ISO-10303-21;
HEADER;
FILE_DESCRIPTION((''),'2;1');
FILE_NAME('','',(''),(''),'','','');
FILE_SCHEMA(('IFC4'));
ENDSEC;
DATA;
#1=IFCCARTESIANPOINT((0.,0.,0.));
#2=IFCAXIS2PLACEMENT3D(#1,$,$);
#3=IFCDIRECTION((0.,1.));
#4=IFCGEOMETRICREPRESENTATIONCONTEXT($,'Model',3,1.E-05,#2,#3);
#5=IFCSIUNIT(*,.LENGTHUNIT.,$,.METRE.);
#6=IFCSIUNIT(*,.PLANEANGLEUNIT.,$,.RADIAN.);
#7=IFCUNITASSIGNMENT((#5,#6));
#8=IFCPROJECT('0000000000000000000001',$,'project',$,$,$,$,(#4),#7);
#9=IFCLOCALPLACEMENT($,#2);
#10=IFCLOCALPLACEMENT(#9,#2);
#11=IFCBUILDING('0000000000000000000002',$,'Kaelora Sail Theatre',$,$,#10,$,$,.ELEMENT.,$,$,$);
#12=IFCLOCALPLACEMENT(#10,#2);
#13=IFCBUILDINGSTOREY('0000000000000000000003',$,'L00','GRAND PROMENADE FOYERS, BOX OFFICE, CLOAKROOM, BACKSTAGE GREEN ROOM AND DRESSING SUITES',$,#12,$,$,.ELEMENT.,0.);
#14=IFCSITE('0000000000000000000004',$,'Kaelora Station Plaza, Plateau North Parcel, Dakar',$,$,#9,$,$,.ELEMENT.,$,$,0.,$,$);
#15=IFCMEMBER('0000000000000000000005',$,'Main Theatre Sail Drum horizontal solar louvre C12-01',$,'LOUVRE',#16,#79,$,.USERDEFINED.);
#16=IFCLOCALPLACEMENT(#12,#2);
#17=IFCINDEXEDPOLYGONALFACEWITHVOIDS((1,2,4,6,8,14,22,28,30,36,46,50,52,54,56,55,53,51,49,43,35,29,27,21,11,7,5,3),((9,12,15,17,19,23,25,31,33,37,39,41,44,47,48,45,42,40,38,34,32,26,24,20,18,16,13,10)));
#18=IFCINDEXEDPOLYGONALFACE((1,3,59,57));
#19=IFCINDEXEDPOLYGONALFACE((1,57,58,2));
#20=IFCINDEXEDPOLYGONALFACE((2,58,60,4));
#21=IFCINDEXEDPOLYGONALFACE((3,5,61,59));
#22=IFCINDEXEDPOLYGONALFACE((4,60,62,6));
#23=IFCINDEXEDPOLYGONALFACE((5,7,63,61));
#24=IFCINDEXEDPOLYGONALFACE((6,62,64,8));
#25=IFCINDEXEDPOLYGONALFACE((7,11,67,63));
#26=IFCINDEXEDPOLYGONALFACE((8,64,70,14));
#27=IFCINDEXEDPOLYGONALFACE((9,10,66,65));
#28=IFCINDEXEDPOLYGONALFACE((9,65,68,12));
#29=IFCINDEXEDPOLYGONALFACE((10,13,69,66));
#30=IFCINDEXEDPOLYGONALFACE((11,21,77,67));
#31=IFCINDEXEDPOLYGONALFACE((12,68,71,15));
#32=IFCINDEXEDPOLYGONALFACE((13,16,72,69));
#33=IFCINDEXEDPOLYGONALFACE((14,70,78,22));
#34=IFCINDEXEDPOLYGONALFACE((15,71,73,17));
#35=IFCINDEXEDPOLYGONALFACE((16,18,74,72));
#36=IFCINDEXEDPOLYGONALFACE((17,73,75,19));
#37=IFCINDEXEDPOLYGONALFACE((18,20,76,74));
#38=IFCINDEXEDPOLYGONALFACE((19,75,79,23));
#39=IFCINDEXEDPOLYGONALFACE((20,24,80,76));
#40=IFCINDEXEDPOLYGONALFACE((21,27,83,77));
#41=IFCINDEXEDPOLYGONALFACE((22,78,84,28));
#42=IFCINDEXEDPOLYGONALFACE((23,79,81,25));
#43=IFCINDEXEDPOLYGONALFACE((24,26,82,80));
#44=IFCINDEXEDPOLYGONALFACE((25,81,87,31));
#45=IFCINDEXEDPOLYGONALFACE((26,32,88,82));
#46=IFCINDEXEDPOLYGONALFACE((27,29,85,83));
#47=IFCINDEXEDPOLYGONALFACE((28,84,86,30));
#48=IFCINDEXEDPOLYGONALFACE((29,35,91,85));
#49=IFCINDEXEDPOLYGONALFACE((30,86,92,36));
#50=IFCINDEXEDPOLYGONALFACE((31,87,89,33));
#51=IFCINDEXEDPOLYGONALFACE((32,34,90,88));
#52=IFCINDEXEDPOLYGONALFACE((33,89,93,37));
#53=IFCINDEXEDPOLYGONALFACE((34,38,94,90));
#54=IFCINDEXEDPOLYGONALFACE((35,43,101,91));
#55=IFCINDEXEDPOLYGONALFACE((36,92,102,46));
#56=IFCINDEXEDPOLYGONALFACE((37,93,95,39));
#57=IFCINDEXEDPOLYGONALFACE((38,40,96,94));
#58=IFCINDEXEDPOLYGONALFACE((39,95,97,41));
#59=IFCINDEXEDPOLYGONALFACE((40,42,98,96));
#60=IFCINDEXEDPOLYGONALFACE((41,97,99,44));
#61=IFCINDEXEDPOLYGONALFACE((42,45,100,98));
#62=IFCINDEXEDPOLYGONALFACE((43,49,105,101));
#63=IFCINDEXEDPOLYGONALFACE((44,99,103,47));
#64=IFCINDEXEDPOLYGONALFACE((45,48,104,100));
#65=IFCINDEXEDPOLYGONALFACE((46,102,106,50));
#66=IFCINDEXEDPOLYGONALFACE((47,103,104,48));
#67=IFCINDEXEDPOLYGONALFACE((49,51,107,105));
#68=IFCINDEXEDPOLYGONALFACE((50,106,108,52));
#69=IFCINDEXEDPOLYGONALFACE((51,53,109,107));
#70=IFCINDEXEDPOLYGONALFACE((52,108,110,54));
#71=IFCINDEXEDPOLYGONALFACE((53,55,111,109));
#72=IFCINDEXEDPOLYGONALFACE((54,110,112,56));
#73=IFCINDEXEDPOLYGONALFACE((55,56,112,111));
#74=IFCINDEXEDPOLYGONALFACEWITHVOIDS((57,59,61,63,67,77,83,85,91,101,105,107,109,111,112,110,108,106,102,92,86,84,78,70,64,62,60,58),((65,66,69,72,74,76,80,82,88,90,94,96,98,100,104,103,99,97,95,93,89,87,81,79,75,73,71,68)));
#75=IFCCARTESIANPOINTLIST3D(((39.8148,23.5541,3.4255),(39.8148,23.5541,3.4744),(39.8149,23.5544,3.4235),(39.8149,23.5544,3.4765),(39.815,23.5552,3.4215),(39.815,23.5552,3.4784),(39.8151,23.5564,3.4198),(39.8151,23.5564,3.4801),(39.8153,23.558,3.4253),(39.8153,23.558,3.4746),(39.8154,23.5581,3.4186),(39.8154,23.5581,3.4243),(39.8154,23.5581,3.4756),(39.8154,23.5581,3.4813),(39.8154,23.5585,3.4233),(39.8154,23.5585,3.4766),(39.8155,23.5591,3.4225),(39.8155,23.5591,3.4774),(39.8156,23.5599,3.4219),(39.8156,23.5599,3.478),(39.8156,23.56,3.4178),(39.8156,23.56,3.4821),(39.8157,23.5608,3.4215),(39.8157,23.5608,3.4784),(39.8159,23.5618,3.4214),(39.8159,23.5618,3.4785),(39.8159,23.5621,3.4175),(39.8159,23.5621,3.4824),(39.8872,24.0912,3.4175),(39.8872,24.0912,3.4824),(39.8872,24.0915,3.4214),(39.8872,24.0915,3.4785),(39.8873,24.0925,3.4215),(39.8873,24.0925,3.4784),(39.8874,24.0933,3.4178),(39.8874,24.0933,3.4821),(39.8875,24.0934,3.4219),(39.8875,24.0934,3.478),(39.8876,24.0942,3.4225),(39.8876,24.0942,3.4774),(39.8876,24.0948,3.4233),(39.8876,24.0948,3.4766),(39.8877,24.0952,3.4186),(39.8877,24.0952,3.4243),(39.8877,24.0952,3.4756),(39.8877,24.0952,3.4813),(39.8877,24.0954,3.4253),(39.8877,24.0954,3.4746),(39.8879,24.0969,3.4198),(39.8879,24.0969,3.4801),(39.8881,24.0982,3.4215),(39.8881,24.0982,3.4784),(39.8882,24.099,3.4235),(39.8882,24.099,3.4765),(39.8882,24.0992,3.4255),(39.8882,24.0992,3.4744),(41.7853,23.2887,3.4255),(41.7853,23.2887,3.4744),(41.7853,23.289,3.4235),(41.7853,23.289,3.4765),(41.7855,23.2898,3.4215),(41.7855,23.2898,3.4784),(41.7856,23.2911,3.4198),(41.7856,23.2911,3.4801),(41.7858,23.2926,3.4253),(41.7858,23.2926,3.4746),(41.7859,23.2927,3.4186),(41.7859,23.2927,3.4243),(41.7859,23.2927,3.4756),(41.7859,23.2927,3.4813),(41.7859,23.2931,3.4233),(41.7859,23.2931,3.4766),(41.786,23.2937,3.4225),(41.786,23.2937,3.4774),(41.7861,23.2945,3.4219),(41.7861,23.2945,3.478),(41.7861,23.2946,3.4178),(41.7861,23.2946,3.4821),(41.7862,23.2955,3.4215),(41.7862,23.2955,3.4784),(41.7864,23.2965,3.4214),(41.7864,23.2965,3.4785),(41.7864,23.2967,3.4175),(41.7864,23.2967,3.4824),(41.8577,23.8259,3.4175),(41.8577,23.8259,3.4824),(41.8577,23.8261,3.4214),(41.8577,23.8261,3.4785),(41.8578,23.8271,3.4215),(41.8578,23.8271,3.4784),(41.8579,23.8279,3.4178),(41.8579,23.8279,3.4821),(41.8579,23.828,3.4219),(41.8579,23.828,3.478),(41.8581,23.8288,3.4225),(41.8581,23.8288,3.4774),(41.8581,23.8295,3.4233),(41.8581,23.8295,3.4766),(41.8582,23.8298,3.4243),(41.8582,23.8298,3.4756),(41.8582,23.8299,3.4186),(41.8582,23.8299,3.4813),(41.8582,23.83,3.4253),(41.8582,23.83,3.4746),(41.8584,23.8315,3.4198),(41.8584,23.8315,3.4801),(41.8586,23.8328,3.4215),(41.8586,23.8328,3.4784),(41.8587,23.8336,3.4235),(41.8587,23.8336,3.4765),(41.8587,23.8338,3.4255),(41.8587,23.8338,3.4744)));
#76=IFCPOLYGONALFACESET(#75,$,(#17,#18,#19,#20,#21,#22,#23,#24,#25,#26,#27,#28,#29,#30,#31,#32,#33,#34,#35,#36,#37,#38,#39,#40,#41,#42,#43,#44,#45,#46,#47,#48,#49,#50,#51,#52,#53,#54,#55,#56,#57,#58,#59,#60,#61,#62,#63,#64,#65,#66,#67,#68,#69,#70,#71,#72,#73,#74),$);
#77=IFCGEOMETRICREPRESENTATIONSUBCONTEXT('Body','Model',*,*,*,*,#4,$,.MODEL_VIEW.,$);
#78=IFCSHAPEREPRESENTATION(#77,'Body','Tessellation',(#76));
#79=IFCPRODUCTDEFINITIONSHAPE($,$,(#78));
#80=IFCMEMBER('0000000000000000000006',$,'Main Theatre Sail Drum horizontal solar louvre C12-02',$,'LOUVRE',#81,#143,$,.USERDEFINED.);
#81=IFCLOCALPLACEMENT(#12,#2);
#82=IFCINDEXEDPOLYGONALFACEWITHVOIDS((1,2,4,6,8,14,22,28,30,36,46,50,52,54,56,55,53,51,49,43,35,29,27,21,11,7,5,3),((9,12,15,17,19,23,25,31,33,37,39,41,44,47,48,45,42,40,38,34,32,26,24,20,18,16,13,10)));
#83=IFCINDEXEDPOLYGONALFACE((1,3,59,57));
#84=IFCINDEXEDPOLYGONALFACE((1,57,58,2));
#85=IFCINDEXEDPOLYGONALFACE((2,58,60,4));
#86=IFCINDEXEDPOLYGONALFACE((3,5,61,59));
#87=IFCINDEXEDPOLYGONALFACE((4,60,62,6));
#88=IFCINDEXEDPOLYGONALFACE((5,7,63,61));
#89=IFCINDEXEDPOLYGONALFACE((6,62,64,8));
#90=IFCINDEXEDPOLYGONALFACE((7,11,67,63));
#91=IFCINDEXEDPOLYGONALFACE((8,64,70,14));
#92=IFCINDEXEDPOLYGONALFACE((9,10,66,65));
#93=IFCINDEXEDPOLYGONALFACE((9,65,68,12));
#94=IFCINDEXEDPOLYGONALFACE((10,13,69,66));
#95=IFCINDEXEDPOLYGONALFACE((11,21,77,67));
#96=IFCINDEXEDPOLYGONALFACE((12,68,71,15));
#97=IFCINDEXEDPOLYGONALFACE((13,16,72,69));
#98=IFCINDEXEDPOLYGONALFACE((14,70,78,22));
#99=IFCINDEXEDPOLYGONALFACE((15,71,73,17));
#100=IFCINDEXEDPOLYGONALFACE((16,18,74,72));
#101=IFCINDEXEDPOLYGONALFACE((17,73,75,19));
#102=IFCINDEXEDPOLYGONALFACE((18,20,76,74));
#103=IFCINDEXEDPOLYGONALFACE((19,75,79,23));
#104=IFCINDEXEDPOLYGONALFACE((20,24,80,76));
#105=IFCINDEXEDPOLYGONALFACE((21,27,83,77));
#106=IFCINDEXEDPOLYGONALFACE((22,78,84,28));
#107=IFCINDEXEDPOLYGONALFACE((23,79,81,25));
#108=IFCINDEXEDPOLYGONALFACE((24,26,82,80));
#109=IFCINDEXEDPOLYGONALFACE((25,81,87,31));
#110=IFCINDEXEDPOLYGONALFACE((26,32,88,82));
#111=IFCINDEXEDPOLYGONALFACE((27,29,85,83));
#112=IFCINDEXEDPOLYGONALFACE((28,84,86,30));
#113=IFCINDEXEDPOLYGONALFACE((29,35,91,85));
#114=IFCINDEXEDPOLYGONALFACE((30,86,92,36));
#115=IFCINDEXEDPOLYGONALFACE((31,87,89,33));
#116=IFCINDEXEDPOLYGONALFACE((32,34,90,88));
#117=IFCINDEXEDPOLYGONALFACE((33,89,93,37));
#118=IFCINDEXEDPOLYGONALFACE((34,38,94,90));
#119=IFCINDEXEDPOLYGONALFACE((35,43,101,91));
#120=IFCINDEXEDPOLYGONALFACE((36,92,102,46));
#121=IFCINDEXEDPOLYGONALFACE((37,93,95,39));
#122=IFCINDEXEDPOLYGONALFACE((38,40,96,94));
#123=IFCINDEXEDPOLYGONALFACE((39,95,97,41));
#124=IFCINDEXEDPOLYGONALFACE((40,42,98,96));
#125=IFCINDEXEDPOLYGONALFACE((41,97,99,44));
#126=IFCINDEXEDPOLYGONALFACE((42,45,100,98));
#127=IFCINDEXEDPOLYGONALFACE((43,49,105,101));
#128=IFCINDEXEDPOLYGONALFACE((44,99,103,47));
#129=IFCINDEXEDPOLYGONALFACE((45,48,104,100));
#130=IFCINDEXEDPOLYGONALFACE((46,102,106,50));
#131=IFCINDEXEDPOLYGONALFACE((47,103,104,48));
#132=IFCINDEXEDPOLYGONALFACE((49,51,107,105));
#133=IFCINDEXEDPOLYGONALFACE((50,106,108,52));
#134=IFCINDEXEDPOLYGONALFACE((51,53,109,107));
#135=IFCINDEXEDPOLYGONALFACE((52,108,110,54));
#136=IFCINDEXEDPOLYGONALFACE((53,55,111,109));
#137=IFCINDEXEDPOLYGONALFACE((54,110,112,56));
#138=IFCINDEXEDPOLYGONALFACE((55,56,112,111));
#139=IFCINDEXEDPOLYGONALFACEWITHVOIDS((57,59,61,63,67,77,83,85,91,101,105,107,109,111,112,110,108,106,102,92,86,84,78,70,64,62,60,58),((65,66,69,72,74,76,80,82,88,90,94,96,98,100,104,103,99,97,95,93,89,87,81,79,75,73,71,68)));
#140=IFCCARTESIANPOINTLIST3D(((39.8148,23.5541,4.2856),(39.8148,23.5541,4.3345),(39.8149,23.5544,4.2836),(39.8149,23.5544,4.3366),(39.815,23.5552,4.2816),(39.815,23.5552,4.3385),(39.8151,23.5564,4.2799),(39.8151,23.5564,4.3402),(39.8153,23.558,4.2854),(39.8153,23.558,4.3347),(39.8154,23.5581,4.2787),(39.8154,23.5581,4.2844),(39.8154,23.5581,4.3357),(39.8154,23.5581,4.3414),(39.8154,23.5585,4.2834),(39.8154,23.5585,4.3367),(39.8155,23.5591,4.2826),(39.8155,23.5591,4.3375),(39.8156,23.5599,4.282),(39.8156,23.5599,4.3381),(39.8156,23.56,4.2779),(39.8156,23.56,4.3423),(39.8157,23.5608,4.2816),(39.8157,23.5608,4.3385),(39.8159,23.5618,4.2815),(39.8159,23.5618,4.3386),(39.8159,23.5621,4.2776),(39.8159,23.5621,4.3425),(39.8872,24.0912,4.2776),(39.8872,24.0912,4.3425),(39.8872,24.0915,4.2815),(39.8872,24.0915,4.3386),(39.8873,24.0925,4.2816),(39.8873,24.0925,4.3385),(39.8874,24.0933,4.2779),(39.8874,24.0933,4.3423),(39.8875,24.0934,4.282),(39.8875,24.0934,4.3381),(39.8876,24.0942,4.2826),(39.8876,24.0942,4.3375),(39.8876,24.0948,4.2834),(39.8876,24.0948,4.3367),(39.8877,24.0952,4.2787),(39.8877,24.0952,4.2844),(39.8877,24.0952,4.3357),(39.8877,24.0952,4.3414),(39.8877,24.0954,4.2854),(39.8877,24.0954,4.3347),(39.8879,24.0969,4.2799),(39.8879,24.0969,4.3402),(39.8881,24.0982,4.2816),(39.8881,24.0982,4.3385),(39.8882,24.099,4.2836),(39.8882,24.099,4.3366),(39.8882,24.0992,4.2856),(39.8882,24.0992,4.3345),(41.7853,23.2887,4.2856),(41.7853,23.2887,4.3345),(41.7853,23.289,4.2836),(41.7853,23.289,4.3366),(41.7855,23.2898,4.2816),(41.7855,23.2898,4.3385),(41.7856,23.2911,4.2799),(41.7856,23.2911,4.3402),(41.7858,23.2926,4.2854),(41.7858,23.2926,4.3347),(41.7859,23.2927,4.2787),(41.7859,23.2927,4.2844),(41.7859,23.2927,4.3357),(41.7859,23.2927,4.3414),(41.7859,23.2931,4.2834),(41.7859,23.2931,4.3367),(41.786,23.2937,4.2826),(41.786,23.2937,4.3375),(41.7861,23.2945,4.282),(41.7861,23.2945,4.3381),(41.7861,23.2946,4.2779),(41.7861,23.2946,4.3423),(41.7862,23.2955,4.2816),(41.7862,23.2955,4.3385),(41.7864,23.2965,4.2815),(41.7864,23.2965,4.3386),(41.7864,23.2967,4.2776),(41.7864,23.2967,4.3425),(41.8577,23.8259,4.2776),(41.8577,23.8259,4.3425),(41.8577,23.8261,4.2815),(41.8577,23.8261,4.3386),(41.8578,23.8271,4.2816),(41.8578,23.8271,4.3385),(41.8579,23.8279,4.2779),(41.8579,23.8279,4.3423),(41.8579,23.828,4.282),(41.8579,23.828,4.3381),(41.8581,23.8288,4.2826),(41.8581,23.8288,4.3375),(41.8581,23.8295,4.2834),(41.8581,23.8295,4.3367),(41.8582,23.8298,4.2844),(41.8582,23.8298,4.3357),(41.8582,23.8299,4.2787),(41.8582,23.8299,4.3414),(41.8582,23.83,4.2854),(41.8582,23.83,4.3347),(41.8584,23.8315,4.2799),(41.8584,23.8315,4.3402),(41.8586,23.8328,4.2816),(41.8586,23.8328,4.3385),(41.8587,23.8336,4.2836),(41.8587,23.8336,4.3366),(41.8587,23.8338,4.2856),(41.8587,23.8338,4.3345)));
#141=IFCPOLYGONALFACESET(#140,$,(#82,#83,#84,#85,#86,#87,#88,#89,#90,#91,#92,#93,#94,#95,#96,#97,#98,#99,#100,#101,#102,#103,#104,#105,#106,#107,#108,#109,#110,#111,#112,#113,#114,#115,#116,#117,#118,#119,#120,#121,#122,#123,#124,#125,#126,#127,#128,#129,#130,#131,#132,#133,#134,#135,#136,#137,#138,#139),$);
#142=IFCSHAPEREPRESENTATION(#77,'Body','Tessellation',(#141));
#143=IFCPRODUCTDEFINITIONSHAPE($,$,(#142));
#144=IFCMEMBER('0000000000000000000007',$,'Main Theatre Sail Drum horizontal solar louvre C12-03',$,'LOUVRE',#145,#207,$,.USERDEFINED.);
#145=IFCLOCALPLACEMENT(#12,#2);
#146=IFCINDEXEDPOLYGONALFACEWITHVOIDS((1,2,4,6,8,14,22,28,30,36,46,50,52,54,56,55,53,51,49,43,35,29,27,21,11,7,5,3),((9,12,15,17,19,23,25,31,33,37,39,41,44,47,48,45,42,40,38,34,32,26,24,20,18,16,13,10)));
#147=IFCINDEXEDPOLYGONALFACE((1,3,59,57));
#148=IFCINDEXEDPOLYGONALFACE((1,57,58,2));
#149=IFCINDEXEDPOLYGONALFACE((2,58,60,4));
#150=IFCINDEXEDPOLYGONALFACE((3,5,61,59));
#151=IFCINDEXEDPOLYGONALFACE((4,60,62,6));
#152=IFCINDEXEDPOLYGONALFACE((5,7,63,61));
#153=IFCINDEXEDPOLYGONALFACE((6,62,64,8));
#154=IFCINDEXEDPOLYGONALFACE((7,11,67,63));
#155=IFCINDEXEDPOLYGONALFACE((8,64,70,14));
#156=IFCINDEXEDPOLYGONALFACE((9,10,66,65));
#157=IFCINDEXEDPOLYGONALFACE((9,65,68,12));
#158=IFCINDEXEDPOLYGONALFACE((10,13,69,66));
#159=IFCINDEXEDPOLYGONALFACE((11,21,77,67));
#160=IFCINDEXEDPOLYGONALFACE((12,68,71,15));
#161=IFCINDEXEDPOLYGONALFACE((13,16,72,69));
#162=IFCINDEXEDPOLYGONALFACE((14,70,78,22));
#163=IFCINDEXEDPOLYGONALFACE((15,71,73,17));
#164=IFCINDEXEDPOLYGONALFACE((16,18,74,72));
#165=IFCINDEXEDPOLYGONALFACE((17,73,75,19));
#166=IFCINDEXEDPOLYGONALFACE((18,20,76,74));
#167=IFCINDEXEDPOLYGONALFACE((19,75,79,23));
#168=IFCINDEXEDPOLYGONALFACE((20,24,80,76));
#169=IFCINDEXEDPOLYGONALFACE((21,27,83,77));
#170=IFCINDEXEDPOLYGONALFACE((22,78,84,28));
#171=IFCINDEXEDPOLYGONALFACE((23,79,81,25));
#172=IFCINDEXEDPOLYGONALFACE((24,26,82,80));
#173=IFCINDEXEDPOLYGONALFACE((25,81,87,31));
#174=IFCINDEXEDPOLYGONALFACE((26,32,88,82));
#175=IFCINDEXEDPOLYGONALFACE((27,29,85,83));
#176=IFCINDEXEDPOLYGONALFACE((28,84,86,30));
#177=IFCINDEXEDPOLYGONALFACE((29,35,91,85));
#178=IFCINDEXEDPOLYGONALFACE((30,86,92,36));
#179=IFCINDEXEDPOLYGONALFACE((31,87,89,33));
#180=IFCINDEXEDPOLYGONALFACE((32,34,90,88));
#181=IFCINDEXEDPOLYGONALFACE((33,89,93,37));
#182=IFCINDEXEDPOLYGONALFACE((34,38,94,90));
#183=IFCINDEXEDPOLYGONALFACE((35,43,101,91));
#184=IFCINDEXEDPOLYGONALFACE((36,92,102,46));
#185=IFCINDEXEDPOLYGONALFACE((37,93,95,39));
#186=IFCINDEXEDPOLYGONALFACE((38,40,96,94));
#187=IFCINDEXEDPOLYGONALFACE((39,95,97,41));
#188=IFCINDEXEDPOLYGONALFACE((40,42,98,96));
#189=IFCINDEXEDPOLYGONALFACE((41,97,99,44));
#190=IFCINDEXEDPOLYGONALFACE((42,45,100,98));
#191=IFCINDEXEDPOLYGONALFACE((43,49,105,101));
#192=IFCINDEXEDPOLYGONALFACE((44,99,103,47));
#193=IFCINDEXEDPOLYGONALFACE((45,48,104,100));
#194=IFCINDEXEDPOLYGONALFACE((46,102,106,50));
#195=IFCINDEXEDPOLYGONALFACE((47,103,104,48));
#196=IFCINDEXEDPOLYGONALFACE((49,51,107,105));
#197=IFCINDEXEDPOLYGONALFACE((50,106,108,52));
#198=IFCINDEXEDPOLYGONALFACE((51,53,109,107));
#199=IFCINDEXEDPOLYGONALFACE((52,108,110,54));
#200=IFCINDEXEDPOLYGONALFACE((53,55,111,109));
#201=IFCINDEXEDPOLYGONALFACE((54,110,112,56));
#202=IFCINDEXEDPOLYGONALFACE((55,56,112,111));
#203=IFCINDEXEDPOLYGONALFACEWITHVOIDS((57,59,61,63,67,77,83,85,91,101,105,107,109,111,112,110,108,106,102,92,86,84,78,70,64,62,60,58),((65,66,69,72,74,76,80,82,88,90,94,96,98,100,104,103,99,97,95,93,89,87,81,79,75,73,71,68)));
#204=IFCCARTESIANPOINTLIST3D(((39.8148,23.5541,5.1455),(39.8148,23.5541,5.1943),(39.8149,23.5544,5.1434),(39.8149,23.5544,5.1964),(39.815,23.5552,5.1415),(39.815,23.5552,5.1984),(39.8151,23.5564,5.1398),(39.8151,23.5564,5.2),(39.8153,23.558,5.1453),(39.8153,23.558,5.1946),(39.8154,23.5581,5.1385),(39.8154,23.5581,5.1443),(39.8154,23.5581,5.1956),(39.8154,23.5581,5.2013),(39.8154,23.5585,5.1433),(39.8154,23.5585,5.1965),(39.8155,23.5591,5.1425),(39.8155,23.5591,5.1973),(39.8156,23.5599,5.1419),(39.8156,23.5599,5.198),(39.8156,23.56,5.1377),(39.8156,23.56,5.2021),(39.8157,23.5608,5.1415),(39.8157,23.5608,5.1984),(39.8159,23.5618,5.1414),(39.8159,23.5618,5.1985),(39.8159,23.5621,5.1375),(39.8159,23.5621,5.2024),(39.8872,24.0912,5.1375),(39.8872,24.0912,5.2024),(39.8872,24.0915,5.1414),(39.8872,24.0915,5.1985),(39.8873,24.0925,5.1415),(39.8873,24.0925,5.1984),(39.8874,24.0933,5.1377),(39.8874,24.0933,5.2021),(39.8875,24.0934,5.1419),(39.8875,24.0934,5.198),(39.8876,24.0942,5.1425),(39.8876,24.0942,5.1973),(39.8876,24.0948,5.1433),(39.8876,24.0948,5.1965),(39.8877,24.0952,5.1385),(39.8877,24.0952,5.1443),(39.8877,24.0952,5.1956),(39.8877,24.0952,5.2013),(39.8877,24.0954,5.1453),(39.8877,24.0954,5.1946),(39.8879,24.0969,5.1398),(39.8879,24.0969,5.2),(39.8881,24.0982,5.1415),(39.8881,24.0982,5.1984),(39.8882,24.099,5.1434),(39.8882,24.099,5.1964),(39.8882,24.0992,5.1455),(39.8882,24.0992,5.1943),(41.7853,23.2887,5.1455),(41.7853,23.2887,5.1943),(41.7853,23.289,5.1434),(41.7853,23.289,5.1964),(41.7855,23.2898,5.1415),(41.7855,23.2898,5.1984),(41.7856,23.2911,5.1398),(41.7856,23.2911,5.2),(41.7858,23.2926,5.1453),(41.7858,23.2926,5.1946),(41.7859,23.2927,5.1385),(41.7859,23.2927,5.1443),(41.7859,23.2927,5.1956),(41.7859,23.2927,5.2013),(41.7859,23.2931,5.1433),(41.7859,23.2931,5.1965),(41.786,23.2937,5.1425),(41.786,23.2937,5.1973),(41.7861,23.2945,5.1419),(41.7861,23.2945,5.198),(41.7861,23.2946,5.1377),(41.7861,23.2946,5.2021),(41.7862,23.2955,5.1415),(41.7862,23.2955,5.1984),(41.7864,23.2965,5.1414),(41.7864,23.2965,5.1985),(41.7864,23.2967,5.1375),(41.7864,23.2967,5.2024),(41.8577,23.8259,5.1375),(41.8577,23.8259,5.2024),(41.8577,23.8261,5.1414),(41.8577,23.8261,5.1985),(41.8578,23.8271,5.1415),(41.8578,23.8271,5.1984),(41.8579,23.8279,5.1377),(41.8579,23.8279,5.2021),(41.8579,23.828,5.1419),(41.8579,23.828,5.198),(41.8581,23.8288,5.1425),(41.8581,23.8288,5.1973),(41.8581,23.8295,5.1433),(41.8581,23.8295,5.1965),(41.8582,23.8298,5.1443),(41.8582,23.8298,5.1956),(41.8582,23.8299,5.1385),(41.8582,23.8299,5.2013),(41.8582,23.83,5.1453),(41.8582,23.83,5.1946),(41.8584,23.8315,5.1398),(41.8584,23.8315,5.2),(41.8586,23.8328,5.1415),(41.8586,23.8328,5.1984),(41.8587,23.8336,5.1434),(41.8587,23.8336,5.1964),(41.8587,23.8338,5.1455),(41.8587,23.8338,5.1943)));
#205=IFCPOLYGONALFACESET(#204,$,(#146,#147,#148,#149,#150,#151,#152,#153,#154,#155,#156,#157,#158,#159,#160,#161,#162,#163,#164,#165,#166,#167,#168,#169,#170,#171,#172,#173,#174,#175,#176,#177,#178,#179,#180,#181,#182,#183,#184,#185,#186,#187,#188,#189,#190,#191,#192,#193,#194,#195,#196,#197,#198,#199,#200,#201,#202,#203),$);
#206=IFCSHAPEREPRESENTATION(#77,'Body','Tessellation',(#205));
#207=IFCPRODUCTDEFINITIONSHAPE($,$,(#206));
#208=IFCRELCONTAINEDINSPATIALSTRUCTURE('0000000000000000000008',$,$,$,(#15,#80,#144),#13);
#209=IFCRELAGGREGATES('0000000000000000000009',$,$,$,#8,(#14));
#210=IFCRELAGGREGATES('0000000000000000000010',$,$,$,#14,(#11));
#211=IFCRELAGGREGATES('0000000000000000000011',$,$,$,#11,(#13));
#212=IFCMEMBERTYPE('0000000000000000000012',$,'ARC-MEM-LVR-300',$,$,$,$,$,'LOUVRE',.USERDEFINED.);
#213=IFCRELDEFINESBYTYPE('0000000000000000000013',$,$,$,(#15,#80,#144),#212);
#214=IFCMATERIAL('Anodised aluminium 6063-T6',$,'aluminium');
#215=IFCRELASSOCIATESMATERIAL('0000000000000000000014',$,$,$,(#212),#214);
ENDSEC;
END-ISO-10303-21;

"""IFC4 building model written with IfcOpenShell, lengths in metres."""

from ifc_helpers import new_model, si_unit, direction, frame, origin, origin_2d, place, context, subcontext, project, spatial, hollow_rectangle, extrude, material, material_profile, profile_set, type_object, element, save


model = new_model("IFC4")

# Units and contexts
model_context = context("Model", 3, precision=1e-05, world=origin(), true_north=direction((0.0, 1.0)))
body_context = subcontext(model_context, "Body", "Model", "MODEL_VIEW")
ifc_project = project(units=[si_unit("LENGTHUNIT", "METRE"), si_unit("PLANEANGLEUNIT", "RADIAN")], contexts=[model_context])

# Site, building, storey
site_placement = place(None, origin())
site = spatial("IfcSite", under=ifc_project, at=site_placement, Name="Kaelora Station Plaza, Plateau North Parcel, Dakar", CompositionType="ELEMENT", RefElevation=0.0)
building_placement = place(site_placement, origin())
building = spatial("IfcBuilding", under=site, at=building_placement, Name="Kaelora Sail Theatre", CompositionType="ELEMENT")
storey_placement = place(building_placement, origin())
storey = spatial("IfcBuildingStorey", under=building, at=storey_placement, Name="L00", Description="GRAND PROMENADE FOYERS, BOX OFFICE, CLOAKROOM, BACKSTAGE GREEN ROOM AND DRESSING SUITES", CompositionType="ELEMENT", Elevation=0.0)

# Members
ifc_material_1 = material(Name="Anodised aluminium 6063-T6", Category="aluminium")
ifc_material_profile_1 = material_profile(ifc_material_1, hollow_rectangle(XDim=0.55, YDim=0.0649, WallThickness=0.0039, InnerFilletRadius=0.0039, OuterFilletRadius=0.0081, at=origin_2d()), Name="LOUVRE 550x65x4")
ifc_profile_set_1 = profile_set([ifc_material_profile_1], Name="Anodised aluminium 6063-T6")
member_type_1 = type_object("IfcMemberType", Name="ARC-MEM-LVR-300", ElementType="LOUVRE", PredefinedType="USERDEFINED", material=ifc_profile_set_1)
for number, where, z_axis, x_axis, name in (
    (1, (41.822, 23.5613, 3.45), (-0.991052, 0.133475, 0.0), (-0.133475, -0.991052, 0.0), "Main Theatre Sail Drum horizontal solar louvre C12-01"),
    (2, (41.822, 23.5613, 4.3101), (-0.991052, 0.133475, 0.0), (-0.133475, -0.991052, 0.0), "Main Theatre Sail Drum horizontal solar louvre C12-02"),
    (3, (41.822, 23.5613, 5.1699), (-0.991052, 0.133475, 0.0), (-0.133475, -0.991052, 0.0), "Main Theatre Sail Drum horizontal solar louvre C12-03"),
):
    element("IfcMember", number, at=place(storey_placement, frame(where, z_axis=z_axis, x_axis=x_axis)), inside=storey, type_object=member_type_1, Name=name, ObjectType="LOUVRE", PredefinedType="USERDEFINED", context=body_context, shape_type="SweptSolid", body=[
        extrude(hollow_rectangle(XDim=0.55, YDim=0.0649, WallThickness=0.0039, InnerFilletRadius=0.0039, OuterFilletRadius=0.0081, at=origin_2d()), origin(), (0.0, 0.0, 1.0), 1.9883),
    ])

save(model, "model.ifc")
